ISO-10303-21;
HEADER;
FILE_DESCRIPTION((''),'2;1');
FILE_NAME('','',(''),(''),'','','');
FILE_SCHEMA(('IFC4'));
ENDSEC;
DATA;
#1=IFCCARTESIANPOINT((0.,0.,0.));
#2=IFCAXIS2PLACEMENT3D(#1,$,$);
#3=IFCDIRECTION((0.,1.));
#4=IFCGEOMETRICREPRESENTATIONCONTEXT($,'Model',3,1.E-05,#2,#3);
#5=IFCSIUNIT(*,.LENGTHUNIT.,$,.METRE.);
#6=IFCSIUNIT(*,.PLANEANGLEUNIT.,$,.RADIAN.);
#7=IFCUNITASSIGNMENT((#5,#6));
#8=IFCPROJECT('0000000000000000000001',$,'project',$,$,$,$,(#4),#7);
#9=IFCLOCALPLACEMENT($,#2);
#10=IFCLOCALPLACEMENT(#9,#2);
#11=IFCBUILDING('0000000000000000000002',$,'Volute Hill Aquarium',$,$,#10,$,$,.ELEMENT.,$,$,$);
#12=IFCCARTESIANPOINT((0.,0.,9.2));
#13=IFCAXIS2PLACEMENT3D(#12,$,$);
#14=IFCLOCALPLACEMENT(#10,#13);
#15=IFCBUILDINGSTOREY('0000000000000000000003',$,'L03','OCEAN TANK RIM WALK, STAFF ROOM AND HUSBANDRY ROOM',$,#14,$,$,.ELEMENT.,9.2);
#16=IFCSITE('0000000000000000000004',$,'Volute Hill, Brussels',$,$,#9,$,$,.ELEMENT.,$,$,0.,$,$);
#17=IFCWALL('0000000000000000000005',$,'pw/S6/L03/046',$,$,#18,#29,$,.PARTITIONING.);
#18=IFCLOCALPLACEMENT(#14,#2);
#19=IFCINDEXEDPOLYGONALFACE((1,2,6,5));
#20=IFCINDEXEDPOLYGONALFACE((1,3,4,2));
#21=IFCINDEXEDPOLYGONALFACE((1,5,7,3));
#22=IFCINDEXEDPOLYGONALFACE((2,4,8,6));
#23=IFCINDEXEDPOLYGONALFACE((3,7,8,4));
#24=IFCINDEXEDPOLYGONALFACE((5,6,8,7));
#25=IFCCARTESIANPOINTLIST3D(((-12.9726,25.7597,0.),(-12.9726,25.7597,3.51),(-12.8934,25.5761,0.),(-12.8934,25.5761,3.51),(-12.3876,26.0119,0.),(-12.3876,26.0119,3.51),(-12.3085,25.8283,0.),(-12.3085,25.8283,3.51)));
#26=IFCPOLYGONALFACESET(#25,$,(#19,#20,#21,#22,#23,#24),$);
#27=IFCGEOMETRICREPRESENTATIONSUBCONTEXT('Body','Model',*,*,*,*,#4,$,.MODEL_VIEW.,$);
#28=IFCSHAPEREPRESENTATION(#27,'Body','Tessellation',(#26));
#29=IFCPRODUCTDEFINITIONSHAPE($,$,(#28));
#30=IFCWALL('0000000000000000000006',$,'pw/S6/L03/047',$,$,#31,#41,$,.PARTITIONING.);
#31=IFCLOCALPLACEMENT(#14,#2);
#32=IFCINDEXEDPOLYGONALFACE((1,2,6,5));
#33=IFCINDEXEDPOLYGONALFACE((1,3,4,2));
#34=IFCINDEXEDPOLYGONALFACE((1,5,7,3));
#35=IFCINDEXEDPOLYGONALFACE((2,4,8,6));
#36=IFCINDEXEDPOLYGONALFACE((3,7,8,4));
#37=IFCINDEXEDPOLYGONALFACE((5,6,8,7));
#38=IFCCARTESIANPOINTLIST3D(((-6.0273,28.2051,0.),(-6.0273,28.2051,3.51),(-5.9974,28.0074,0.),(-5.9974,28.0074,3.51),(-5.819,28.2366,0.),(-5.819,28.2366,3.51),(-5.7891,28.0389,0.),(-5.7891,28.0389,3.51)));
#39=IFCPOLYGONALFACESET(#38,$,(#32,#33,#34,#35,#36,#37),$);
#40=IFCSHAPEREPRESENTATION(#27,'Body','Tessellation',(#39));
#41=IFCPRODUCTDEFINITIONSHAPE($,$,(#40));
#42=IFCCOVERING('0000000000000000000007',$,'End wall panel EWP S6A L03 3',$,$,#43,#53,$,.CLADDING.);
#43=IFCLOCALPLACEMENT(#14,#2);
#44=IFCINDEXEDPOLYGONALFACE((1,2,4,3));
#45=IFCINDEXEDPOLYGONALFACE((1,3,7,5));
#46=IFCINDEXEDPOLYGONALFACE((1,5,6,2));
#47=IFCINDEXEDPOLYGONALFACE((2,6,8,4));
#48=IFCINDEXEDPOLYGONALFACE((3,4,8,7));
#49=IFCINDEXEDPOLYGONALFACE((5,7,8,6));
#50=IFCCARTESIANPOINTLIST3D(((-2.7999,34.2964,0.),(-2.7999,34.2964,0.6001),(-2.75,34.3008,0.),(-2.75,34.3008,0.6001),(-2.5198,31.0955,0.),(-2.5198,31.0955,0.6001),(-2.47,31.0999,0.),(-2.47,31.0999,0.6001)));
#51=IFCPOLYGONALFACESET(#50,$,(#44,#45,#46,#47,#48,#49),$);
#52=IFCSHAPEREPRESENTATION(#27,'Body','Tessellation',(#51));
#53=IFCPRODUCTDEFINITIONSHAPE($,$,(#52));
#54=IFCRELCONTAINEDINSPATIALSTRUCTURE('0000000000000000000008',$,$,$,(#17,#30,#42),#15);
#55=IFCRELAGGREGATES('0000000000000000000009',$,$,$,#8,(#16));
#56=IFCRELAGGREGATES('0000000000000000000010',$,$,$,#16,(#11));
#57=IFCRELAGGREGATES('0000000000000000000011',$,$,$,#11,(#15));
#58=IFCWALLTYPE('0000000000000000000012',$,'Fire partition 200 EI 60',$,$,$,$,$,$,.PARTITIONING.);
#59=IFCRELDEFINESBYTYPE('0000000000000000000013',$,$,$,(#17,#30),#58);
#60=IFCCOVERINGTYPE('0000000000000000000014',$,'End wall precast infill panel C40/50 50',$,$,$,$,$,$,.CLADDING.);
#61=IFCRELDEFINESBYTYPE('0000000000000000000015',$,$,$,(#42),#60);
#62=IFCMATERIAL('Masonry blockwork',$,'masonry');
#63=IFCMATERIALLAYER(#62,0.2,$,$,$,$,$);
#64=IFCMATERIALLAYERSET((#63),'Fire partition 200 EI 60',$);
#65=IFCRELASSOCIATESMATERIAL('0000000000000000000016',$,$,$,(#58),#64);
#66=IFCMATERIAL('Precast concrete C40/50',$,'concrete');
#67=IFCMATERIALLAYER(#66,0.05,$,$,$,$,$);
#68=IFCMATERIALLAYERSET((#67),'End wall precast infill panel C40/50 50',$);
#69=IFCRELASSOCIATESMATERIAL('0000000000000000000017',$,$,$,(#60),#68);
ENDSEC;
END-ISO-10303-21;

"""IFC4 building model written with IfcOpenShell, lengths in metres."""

from ifc_helpers import new_model, si_unit, direction, frame, frame_2d, origin, place, context, subcontext, project, spatial, polyline, rectangle, outline, extrude, material, layer, layer_set, type_object, element, save


model = new_model("IFC4")

# Units and contexts
model_context = context("Model", 3, precision=1e-05, world=origin(), true_north=direction((0.0, 1.0)))
body_context = subcontext(model_context, "Body", "Model", "MODEL_VIEW")
ifc_project = project(units=[si_unit("LENGTHUNIT", "METRE"), si_unit("PLANEANGLEUNIT", "RADIAN")], contexts=[model_context])

# Site, building, storey
site_placement = place(None, origin())
site = spatial("IfcSite", under=ifc_project, at=site_placement, Name="Volute Hill, Brussels", CompositionType="ELEMENT", RefElevation=0.0)
building_placement = place(site_placement, origin())
building = spatial("IfcBuilding", under=site, at=building_placement, Name="Volute Hill Aquarium", CompositionType="ELEMENT")
storey_placement = place(building_placement, frame((0.0, 0.0, 9.2)))
storey = spatial("IfcBuildingStorey", under=building, at=storey_placement, Name="L03", Description="OCEAN TANK RIM WALK, STAFF ROOM AND HUSBANDRY ROOM", CompositionType="ELEMENT", Elevation=9.2)

# Shared definitions
ifc_material_1 = material(Name="Masonry blockwork", Category="masonry")
ifc_layer_1 = layer(ifc_material_1, 0.2)
ifc_layer_set_1 = layer_set([ifc_layer_1], Name="Fire partition 200 EI 60")
wall_type_1 = type_object("IfcWallType", Name="Fire partition 200 EI 60", PredefinedType="PARTITIONING", material=ifc_layer_set_1)

# Walls
wall_1_placement = place(storey_placement, frame((-12.9329, 25.668, 0.0), z_axis=(0.0, 0.0, 1.0), x_axis=(0.91829, 0.395907, 0.0)))
element("IfcWall", 1, at=wall_1_placement, inside=storey, type_object=wall_type_1, Name="pw/S6/L03/046", PredefinedType="PARTITIONING", context=body_context, shape_type="SweptSolid", body=[
    extrude(rectangle(XDim=0.637, YDim=0.2, at=frame_2d((0.3184, 0.0))), origin(), (0.0, 0.0, 1.0), 3.51),
])
wall_2_placement = place(storey_placement, frame((-6.0125, 28.1062, 0.0), z_axis=(0.0, 0.0, 1.0), x_axis=(0.988757, 0.149531, 0.0)))
element("IfcWall", 2, at=wall_2_placement, inside=storey, type_object=wall_type_1, Name="pw/S6/L03/047", PredefinedType="PARTITIONING", context=body_context, shape_type="SweptSolid", body=[
    extrude(rectangle(XDim=0.2107, YDim=0.2, at=frame_2d((0.1055, 0.0))), origin(), (0.0, 0.0, 1.0), 3.51),
])

# Covering
ifc_material_2 = material(Name="Precast concrete C40/50", Category="concrete")
ifc_layer_2 = layer(ifc_material_2, 0.05)
ifc_layer_set_2 = layer_set([ifc_layer_2], Name="End wall precast infill panel C40/50 50")
covering_type = type_object("IfcCoveringType", Name="End wall precast infill panel C40/50 50", PredefinedType="CLADDING", material=ifc_layer_set_2)
covering_placement = place(storey_placement, frame((-2.47, 31.0999, 0.0), z_axis=(0.996195, 0.087151, 0.0), x_axis=(-0.087151, 0.996195, 0.0)))
element("IfcCovering", 3, at=covering_placement, inside=storey, type_object=covering_type, Name="End wall panel EWP S6A L03 3", PredefinedType="CLADDING", context=body_context, shape_type="SweptSolid", body=[
    extrude(outline(polyline([(0.0, 0.0), (3.2132, 0.0), (3.2132, 0.6001), (0.0, 0.6001), (0.0, 0.0)])), origin(), (0.0, 0.0, -1.0), 0.05),
])

save(model, "model.ifc")
